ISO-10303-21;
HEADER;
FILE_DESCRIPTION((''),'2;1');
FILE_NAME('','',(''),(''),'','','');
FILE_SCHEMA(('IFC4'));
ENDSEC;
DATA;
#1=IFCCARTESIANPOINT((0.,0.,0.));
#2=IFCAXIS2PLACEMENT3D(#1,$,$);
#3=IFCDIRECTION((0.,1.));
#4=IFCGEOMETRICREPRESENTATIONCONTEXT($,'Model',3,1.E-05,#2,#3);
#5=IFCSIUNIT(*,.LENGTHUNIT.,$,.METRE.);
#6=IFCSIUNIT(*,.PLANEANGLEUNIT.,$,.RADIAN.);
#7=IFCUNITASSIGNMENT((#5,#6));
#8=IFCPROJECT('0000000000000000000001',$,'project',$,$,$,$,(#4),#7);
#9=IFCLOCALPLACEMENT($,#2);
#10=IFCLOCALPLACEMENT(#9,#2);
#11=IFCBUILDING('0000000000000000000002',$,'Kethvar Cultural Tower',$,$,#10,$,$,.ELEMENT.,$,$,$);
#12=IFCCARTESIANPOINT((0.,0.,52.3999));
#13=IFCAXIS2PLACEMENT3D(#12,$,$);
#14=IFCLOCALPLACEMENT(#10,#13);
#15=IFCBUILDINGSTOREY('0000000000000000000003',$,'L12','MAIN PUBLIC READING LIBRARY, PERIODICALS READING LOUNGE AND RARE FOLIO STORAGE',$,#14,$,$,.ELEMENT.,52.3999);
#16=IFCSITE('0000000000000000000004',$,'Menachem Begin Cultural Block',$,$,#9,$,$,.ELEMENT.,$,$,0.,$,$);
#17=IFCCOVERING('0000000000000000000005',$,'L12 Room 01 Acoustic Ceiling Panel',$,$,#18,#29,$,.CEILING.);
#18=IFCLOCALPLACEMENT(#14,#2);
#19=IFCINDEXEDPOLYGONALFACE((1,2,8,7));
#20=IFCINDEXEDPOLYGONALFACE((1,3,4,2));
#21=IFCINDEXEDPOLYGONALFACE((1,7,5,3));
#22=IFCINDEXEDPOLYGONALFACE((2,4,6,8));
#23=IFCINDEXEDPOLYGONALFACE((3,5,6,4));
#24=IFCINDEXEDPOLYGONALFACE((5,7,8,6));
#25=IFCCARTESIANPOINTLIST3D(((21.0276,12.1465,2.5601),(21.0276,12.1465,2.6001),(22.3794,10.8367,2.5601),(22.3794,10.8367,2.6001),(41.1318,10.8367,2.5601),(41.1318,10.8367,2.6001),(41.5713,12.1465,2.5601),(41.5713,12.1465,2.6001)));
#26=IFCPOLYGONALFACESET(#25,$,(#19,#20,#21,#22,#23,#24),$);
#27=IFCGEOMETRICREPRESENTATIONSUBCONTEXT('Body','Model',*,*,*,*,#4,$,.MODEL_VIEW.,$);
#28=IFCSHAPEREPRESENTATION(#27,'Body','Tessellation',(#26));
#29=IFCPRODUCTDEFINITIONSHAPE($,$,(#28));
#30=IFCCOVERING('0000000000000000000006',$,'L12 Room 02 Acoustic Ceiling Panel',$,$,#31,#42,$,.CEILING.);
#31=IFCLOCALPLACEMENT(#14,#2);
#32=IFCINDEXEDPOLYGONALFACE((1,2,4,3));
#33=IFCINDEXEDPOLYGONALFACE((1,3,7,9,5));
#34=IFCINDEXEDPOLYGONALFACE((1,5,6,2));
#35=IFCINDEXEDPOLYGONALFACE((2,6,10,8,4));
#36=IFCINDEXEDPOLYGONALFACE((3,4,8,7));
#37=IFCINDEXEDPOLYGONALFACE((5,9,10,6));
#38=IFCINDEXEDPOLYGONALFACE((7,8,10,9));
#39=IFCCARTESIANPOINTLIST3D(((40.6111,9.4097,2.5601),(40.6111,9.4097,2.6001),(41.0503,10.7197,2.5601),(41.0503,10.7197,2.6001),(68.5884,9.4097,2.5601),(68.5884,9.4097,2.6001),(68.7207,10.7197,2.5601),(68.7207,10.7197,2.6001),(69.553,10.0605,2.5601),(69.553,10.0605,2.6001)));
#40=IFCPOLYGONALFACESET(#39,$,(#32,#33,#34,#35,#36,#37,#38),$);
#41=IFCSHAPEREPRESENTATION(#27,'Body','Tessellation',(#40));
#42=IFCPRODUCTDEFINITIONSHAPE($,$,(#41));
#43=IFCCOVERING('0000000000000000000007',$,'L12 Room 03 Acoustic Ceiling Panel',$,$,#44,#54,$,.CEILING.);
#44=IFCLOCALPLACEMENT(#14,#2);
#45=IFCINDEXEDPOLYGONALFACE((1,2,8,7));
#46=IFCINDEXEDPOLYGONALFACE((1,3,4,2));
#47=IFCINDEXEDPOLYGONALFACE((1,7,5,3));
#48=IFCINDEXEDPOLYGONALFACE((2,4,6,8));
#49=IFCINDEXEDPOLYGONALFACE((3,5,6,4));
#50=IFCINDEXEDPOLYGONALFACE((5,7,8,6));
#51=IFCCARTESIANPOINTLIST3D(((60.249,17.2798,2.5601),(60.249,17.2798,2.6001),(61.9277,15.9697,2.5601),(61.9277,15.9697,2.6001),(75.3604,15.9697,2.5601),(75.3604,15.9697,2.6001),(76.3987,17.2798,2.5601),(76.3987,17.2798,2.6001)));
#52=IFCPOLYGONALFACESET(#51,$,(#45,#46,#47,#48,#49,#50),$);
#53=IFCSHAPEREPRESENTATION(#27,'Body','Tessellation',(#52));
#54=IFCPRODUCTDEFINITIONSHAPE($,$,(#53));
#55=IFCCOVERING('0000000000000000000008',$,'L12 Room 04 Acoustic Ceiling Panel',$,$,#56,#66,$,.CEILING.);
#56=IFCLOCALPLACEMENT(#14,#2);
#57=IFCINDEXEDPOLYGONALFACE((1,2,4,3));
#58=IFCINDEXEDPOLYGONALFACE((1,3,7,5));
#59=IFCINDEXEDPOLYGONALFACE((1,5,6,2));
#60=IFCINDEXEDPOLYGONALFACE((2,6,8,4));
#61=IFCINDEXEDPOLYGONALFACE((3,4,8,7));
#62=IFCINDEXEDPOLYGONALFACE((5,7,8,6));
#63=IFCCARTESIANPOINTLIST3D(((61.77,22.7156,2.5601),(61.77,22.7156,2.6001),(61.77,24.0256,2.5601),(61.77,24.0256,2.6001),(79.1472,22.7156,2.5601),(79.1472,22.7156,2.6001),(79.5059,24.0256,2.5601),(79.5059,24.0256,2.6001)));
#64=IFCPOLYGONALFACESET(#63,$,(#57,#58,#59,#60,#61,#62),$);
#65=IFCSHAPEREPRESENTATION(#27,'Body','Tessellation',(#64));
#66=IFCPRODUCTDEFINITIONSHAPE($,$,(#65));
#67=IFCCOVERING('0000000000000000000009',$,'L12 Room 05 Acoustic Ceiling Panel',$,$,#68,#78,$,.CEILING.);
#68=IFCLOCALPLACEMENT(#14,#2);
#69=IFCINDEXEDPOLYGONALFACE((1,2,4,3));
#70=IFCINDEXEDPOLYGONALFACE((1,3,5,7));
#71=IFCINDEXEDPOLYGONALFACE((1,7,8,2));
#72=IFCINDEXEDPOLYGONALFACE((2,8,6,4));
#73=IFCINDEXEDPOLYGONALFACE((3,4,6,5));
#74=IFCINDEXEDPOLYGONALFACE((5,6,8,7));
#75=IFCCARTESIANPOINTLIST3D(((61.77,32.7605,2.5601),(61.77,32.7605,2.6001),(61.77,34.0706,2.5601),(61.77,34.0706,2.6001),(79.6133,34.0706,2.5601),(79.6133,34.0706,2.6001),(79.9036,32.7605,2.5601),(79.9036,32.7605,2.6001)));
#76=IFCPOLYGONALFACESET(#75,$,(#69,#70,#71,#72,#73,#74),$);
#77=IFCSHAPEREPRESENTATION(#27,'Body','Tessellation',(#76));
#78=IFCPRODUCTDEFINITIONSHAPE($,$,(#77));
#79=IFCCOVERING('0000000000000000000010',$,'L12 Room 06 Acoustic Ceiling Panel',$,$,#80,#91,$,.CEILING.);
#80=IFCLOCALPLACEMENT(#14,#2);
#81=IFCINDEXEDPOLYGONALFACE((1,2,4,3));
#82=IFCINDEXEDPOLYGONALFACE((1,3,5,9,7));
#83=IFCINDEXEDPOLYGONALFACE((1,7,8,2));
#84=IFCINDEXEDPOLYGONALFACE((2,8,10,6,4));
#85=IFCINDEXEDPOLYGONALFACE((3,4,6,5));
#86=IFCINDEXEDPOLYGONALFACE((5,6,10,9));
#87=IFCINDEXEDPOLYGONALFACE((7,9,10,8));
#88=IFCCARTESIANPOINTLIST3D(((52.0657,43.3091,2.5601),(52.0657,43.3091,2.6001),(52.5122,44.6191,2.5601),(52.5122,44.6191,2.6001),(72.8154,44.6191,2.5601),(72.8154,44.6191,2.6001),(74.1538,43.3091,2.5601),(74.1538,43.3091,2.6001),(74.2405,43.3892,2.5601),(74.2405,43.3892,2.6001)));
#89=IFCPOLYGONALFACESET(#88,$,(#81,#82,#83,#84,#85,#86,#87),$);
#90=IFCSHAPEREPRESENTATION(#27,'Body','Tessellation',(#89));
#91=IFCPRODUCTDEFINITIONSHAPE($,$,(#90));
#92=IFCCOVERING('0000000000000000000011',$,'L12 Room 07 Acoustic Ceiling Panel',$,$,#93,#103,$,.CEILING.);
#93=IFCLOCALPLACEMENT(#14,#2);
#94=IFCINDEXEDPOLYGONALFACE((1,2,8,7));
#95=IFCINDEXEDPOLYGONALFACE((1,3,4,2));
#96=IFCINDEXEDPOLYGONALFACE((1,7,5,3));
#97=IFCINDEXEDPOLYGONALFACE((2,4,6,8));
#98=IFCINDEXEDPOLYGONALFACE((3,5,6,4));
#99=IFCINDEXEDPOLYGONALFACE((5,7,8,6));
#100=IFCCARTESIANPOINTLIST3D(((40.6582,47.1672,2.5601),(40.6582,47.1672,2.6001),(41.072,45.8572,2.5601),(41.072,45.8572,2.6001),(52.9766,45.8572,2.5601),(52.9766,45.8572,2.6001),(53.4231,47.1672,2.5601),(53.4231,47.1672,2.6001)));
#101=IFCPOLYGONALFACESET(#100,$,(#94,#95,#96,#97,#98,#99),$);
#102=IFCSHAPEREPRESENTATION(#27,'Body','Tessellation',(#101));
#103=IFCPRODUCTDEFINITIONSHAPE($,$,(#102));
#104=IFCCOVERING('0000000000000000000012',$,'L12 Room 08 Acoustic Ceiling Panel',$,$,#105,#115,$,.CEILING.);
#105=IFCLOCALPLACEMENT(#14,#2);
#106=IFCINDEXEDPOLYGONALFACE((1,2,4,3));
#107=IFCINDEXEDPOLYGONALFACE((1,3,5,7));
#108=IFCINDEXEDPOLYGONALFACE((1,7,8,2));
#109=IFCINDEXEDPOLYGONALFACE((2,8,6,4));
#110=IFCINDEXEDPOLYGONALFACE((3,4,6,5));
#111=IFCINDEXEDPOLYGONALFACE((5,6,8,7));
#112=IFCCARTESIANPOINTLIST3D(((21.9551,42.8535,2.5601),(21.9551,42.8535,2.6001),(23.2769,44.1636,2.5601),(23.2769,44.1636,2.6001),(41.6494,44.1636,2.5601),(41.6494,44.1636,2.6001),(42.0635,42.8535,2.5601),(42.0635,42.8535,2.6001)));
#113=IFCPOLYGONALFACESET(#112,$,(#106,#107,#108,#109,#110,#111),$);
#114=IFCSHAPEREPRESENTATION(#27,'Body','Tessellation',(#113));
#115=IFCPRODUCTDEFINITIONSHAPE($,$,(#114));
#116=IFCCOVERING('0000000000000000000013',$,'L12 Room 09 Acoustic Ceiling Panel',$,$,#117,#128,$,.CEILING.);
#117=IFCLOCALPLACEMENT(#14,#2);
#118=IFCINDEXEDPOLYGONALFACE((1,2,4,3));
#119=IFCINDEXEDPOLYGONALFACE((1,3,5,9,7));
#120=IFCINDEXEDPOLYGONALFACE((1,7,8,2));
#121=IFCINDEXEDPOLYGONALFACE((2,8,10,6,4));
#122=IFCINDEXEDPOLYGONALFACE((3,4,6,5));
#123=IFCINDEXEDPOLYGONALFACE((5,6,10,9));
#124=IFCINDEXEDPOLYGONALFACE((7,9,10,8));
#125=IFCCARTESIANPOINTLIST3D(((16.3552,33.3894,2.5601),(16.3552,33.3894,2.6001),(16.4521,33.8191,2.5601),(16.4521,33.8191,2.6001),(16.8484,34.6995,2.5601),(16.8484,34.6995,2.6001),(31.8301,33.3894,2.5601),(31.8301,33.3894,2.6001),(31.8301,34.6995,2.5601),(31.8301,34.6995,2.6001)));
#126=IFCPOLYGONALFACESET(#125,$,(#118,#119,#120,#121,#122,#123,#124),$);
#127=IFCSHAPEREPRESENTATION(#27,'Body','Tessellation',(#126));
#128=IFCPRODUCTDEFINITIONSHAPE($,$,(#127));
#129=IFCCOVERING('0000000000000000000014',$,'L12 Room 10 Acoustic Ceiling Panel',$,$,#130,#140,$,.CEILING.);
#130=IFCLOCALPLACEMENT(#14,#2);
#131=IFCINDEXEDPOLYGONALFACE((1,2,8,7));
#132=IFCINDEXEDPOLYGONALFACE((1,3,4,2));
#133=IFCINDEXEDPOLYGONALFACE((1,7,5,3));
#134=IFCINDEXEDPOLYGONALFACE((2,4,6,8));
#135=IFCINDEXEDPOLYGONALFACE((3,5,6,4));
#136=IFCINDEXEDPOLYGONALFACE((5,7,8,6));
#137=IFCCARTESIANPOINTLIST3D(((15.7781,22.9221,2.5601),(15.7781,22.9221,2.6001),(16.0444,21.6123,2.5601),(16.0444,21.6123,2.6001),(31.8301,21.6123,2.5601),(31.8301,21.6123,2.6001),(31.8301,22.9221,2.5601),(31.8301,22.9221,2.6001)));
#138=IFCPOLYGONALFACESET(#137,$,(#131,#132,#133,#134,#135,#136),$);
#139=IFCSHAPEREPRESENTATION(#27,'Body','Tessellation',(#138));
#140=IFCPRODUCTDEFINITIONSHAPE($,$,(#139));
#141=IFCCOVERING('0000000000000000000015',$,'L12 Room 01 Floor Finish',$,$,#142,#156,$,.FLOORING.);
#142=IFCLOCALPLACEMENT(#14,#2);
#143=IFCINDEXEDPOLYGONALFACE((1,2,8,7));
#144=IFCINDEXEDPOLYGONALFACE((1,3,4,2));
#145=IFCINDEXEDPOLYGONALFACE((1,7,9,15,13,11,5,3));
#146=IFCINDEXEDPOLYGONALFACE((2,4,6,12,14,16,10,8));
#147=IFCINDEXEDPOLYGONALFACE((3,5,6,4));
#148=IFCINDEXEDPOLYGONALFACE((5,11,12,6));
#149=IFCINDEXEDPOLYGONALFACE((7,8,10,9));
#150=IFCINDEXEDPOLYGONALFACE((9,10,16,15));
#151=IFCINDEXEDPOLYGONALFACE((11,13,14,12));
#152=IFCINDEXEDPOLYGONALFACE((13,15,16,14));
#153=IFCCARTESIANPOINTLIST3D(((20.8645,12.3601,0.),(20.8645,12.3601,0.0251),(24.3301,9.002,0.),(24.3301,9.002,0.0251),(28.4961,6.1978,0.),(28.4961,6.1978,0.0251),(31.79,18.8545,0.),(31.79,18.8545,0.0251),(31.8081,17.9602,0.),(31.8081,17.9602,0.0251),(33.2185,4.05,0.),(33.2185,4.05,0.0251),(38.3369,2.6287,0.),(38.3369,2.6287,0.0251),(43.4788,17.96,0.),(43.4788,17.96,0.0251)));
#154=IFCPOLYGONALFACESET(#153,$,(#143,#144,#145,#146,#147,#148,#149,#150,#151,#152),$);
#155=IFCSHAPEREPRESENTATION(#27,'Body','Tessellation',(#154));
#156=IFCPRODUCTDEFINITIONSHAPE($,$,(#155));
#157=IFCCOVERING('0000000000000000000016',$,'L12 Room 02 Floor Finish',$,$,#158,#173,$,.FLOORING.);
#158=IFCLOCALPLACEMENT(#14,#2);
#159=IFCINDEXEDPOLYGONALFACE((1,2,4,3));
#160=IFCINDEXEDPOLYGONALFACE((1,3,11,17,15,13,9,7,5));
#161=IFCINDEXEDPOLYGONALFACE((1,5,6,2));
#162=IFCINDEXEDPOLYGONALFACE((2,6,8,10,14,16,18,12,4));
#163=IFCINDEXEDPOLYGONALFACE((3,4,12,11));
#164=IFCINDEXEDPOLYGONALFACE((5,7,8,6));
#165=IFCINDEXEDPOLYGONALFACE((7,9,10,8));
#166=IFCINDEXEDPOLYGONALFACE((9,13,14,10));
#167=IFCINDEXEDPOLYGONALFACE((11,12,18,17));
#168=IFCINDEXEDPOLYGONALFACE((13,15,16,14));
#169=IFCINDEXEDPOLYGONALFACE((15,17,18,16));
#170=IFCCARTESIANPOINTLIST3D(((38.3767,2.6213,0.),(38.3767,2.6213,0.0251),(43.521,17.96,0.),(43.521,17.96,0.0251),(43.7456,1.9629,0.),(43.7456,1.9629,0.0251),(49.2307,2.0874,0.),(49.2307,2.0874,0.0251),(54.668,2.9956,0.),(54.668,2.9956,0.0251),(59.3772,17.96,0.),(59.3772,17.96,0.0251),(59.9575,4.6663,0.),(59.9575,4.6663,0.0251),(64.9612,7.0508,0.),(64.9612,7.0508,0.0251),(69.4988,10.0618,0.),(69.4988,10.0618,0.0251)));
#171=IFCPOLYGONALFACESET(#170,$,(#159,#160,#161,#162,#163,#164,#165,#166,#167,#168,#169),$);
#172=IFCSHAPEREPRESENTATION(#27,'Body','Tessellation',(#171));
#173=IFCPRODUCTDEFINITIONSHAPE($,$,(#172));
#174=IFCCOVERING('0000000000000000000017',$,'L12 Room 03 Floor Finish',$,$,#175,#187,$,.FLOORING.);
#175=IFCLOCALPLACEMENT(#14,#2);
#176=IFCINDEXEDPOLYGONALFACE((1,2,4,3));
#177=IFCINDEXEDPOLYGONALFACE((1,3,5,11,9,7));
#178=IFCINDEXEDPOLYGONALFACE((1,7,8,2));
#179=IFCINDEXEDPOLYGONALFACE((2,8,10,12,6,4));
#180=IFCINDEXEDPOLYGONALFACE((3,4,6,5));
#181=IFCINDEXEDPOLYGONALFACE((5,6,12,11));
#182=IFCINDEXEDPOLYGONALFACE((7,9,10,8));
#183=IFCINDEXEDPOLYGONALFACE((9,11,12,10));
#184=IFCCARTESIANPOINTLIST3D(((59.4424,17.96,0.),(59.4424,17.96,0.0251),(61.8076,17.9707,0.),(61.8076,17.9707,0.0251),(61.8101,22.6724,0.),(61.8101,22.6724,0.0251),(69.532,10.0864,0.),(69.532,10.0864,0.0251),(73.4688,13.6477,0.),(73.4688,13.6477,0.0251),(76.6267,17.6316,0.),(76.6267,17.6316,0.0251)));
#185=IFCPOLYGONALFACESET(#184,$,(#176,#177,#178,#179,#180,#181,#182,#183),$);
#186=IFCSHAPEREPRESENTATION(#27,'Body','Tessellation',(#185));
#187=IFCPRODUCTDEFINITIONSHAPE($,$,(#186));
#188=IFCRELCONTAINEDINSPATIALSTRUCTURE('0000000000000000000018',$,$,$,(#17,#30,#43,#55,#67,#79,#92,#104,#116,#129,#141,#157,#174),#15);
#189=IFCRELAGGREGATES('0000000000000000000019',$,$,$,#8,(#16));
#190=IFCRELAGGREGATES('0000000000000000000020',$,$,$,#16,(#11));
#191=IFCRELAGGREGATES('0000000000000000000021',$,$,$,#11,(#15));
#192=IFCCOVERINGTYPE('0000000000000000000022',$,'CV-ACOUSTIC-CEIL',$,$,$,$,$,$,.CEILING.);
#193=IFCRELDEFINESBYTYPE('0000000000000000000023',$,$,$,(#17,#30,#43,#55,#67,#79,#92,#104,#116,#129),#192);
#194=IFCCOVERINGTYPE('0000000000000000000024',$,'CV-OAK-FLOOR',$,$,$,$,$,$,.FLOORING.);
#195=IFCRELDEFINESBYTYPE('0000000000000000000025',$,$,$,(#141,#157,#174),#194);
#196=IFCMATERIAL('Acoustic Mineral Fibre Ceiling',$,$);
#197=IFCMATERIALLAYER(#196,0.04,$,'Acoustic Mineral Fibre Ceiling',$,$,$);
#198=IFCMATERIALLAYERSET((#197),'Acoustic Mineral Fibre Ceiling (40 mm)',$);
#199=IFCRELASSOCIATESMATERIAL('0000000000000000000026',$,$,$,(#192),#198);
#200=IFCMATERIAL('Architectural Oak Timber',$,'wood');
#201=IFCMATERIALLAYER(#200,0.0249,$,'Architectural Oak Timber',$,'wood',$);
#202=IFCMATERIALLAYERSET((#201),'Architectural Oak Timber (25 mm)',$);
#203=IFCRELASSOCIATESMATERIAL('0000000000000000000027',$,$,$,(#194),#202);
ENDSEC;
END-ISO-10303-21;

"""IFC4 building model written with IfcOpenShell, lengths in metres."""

from ifc_helpers import new_model, si_unit, direction, frame, origin, place, context, subcontext, project, spatial, polyline, outline, extrude, material, layer, layer_set, type_object, element, save


model = new_model("IFC4")

# Units and contexts
model_context = context("Model", 3, precision=1e-05, world=origin(), true_north=direction((0.0, 1.0)))
body_context = subcontext(model_context, "Body", "Model", "MODEL_VIEW")
ifc_project = project(units=[si_unit("LENGTHUNIT", "METRE"), si_unit("PLANEANGLEUNIT", "RADIAN")], contexts=[model_context])

# Site, building, storey
site_placement = place(None, origin())
site = spatial("IfcSite", under=ifc_project, at=site_placement, Name="Menachem Begin Cultural Block", CompositionType="ELEMENT", RefElevation=0.0)
building_placement = place(site_placement, origin())
building = spatial("IfcBuilding", under=site, at=building_placement, Name="Kethvar Cultural Tower", CompositionType="ELEMENT")
storey_placement = place(building_placement, frame((0.0, 0.0, 52.3999)))
storey = spatial("IfcBuildingStorey", under=building, at=storey_placement, Name="L12", Description="MAIN PUBLIC READING LIBRARY, PERIODICALS READING LOUNGE AND RARE FOLIO STORAGE", CompositionType="ELEMENT", Elevation=52.3999)

# Coverings
ifc_material_1 = material(Name="Acoustic Mineral Fibre Ceiling")
ifc_layer_1 = layer(ifc_material_1, 0.04, Name="Acoustic Mineral Fibre Ceiling")
ifc_layer_set_1 = layer_set([ifc_layer_1], Name="Acoustic Mineral Fibre Ceiling (40 mm)")
covering_type_1 = type_object("IfcCoveringType", Name="CV-ACOUSTIC-CEIL", PredefinedType="CEILING", material=ifc_layer_set_1)
covering_1_placement = place(storey_placement, frame((0.0, 0.0, 2.5601)))
element("IfcCovering", 1, at=covering_1_placement, inside=storey, type_object=covering_type_1, Name="L12 Room 01 Acoustic Ceiling Panel", PredefinedType="CEILING", context=body_context, shape_type="SweptSolid", body=[
    extrude(outline(polyline([(21.0276, 12.1465), (41.5713, 12.1465), (41.1318, 10.8367), (22.3794, 10.8367), (21.0276, 12.1465)])), origin(), (0.0, 0.0, 1.0), 0.04),
])
covering_2_placement = place(storey_placement, frame((0.0, 0.0, 2.5601)))
element("IfcCovering", 2, at=covering_2_placement, inside=storey, type_object=covering_type_1, Name="L12 Room 02 Acoustic Ceiling Panel", PredefinedType="CEILING", context=body_context, shape_type="SweptSolid", body=[
    extrude(outline(polyline([(41.0503, 10.7197), (68.7207, 10.7197), (69.553, 10.0605), (68.5884, 9.4097), (40.6111, 9.4097), (41.0503, 10.7197)])), origin(), (0.0, 0.0, 1.0), 0.04),
])
covering_3_placement = place(storey_placement, frame((0.0, 0.0, 2.5601)))
element("IfcCovering", 3, at=covering_3_placement, inside=storey, type_object=covering_type_1, Name="L12 Room 03 Acoustic Ceiling Panel", PredefinedType="CEILING", context=body_context, shape_type="SweptSolid", body=[
    extrude(outline(polyline([(60.249, 17.2798), (76.3987, 17.2798), (75.3604, 15.9697), (61.9277, 15.9697), (60.249, 17.2798)])), origin(), (0.0, 0.0, 1.0), 0.04),
])
covering_4_placement = place(storey_placement, frame((0.0, 0.0, 2.5601)))
element("IfcCovering", 4, at=covering_4_placement, inside=storey, type_object=covering_type_1, Name="L12 Room 04 Acoustic Ceiling Panel", PredefinedType="CEILING", context=body_context, shape_type="SweptSolid", body=[
    extrude(outline(polyline([(61.77, 24.0256), (79.5059, 24.0256), (79.1472, 22.7156), (61.77, 22.7156), (61.77, 24.0256)])), origin(), (0.0, 0.0, 1.0), 0.04),
])
covering_5_placement = place(storey_placement, frame((0.0, 0.0, 2.5601)))
element("IfcCovering", 5, at=covering_5_placement, inside=storey, type_object=covering_type_1, Name="L12 Room 05 Acoustic Ceiling Panel", PredefinedType="CEILING", context=body_context, shape_type="SweptSolid", body=[
    extrude(outline(polyline([(79.9036, 32.7605), (61.77, 32.7605), (61.77, 34.0706), (79.6133, 34.0706), (79.9036, 32.7605)])), origin(), (0.0, 0.0, 1.0), 0.04),
])
covering_6_placement = place(storey_placement, frame((0.0, 0.0, 2.5601)))
element("IfcCovering", 6, at=covering_6_placement, inside=storey, type_object=covering_type_1, Name="L12 Room 06 Acoustic Ceiling Panel", PredefinedType="CEILING", context=body_context, shape_type="SweptSolid", body=[
    extrude(outline(polyline([(74.2405, 43.3892), (74.1538, 43.3091), (52.0657, 43.3091), (52.5122, 44.6191), (72.8154, 44.6191), (74.2405, 43.3892)])), origin(), (0.0, 0.0, 1.0), 0.04),
])
covering_7_placement = place(storey_placement, frame((0.0, 0.0, 2.5601)))
element("IfcCovering", 7, at=covering_7_placement, inside=storey, type_object=covering_type_1, Name="L12 Room 07 Acoustic Ceiling Panel", PredefinedType="CEILING", context=body_context, shape_type="SweptSolid", body=[
    extrude(outline(polyline([(52.9766, 45.8572), (41.072, 45.8572), (40.6582, 47.1672), (53.4231, 47.1672), (52.9766, 45.8572)])), origin(), (0.0, 0.0, 1.0), 0.04),
])
covering_8_placement = place(storey_placement, frame((0.0, 0.0, 2.5601)))
element("IfcCovering", 8, at=covering_8_placement, inside=storey, type_object=covering_type_1, Name="L12 Room 08 Acoustic Ceiling Panel", PredefinedType="CEILING", context=body_context, shape_type="SweptSolid", body=[
    extrude(outline(polyline([(42.0635, 42.8535), (21.9551, 42.8535), (23.2769, 44.1636), (41.6494, 44.1636), (42.0635, 42.8535)])), origin(), (0.0, 0.0, 1.0), 0.04),
])
covering_9_placement = place(storey_placement, frame((0.0, 0.0, 2.5601)))
element("IfcCovering", 9, at=covering_9_placement, inside=storey, type_object=covering_type_1, Name="L12 Room 09 Acoustic Ceiling Panel", PredefinedType="CEILING", context=body_context, shape_type="SweptSolid", body=[
    extrude(outline(polyline([(16.4521, 33.8191), (16.8484, 34.6995), (31.8301, 34.6995), (31.8301, 33.3894), (16.3552, 33.3894), (16.4521, 33.8191)])), origin(), (0.0, 0.0, 1.0), 0.04),
])
covering_10_placement = place(storey_placement, frame((0.0, 0.0, 2.5601)))
element("IfcCovering", 10, at=covering_10_placement, inside=storey, type_object=covering_type_1, Name="L12 Room 10 Acoustic Ceiling Panel", PredefinedType="CEILING", context=body_context, shape_type="SweptSolid", body=[
    extrude(outline(polyline([(15.7781, 22.9221), (31.8301, 22.9221), (31.8301, 21.6123), (16.0444, 21.6123), (15.7781, 22.9221)])), origin(), (0.0, 0.0, 1.0), 0.04),
])
ifc_material_2 = material(Name="Architectural Oak Timber", Category="wood")
ifc_layer_2 = layer(ifc_material_2, 0.0249, Name="Architectural Oak Timber", Category="wood")
ifc_layer_set_2 = layer_set([ifc_layer_2], Name="Architectural Oak Timber (25 mm)")
covering_type_2 = type_object("IfcCoveringType", Name="CV-OAK-FLOOR", PredefinedType="FLOORING", material=ifc_layer_set_2)
covering_11_placement = place(storey_placement, origin())
element("IfcCovering", 11, at=covering_11_placement, inside=storey, type_object=covering_type_2, Name="L12 Room 01 Floor Finish", PredefinedType="FLOORING", context=body_context, shape_type="SweptSolid", body=[
    extrude(outline(polyline([(33.2185, 4.05), (28.4961, 6.1978), (24.3301, 9.002), (20.8645, 12.3601), (31.79, 18.8545), (31.8081, 17.9602), (43.4788, 17.96), (38.3369, 2.6287), (33.2185, 4.05)])), origin(), (0.0, 0.0, 1.0), 0.0251),
])
covering_12_placement = place(storey_placement, origin())
element("IfcCovering", 12, at=covering_12_placement, inside=storey, type_object=covering_type_2, Name="L12 Room 02 Floor Finish", PredefinedType="FLOORING", context=body_context, shape_type="SweptSolid", body=[
    extrude(outline(polyline([(64.9612, 7.0508), (59.9575, 4.6663), (54.668, 2.9956), (49.2307, 2.0874), (43.7456, 1.9629), (38.3767, 2.6213), (43.521, 17.96), (59.3772, 17.96), (69.4988, 10.0618), (64.9612, 7.0508)])), origin(), (0.0, 0.0, 1.0), 0.0251),
])
covering_13_placement = place(storey_placement, origin())
element("IfcCovering", 13, at=covering_13_placement, inside=storey, type_object=covering_type_2, Name="L12 Room 03 Floor Finish", PredefinedType="FLOORING", context=body_context, shape_type="SweptSolid", body=[
    extrude(outline(polyline([(73.4688, 13.6477), (69.532, 10.0864), (59.4424, 17.96), (61.8076, 17.9707), (61.8101, 22.6724), (76.6267, 17.6316), (73.4688, 13.6477)])), origin(), (0.0, 0.0, 1.0), 0.0251),
])

save(model, "model.ifc")
